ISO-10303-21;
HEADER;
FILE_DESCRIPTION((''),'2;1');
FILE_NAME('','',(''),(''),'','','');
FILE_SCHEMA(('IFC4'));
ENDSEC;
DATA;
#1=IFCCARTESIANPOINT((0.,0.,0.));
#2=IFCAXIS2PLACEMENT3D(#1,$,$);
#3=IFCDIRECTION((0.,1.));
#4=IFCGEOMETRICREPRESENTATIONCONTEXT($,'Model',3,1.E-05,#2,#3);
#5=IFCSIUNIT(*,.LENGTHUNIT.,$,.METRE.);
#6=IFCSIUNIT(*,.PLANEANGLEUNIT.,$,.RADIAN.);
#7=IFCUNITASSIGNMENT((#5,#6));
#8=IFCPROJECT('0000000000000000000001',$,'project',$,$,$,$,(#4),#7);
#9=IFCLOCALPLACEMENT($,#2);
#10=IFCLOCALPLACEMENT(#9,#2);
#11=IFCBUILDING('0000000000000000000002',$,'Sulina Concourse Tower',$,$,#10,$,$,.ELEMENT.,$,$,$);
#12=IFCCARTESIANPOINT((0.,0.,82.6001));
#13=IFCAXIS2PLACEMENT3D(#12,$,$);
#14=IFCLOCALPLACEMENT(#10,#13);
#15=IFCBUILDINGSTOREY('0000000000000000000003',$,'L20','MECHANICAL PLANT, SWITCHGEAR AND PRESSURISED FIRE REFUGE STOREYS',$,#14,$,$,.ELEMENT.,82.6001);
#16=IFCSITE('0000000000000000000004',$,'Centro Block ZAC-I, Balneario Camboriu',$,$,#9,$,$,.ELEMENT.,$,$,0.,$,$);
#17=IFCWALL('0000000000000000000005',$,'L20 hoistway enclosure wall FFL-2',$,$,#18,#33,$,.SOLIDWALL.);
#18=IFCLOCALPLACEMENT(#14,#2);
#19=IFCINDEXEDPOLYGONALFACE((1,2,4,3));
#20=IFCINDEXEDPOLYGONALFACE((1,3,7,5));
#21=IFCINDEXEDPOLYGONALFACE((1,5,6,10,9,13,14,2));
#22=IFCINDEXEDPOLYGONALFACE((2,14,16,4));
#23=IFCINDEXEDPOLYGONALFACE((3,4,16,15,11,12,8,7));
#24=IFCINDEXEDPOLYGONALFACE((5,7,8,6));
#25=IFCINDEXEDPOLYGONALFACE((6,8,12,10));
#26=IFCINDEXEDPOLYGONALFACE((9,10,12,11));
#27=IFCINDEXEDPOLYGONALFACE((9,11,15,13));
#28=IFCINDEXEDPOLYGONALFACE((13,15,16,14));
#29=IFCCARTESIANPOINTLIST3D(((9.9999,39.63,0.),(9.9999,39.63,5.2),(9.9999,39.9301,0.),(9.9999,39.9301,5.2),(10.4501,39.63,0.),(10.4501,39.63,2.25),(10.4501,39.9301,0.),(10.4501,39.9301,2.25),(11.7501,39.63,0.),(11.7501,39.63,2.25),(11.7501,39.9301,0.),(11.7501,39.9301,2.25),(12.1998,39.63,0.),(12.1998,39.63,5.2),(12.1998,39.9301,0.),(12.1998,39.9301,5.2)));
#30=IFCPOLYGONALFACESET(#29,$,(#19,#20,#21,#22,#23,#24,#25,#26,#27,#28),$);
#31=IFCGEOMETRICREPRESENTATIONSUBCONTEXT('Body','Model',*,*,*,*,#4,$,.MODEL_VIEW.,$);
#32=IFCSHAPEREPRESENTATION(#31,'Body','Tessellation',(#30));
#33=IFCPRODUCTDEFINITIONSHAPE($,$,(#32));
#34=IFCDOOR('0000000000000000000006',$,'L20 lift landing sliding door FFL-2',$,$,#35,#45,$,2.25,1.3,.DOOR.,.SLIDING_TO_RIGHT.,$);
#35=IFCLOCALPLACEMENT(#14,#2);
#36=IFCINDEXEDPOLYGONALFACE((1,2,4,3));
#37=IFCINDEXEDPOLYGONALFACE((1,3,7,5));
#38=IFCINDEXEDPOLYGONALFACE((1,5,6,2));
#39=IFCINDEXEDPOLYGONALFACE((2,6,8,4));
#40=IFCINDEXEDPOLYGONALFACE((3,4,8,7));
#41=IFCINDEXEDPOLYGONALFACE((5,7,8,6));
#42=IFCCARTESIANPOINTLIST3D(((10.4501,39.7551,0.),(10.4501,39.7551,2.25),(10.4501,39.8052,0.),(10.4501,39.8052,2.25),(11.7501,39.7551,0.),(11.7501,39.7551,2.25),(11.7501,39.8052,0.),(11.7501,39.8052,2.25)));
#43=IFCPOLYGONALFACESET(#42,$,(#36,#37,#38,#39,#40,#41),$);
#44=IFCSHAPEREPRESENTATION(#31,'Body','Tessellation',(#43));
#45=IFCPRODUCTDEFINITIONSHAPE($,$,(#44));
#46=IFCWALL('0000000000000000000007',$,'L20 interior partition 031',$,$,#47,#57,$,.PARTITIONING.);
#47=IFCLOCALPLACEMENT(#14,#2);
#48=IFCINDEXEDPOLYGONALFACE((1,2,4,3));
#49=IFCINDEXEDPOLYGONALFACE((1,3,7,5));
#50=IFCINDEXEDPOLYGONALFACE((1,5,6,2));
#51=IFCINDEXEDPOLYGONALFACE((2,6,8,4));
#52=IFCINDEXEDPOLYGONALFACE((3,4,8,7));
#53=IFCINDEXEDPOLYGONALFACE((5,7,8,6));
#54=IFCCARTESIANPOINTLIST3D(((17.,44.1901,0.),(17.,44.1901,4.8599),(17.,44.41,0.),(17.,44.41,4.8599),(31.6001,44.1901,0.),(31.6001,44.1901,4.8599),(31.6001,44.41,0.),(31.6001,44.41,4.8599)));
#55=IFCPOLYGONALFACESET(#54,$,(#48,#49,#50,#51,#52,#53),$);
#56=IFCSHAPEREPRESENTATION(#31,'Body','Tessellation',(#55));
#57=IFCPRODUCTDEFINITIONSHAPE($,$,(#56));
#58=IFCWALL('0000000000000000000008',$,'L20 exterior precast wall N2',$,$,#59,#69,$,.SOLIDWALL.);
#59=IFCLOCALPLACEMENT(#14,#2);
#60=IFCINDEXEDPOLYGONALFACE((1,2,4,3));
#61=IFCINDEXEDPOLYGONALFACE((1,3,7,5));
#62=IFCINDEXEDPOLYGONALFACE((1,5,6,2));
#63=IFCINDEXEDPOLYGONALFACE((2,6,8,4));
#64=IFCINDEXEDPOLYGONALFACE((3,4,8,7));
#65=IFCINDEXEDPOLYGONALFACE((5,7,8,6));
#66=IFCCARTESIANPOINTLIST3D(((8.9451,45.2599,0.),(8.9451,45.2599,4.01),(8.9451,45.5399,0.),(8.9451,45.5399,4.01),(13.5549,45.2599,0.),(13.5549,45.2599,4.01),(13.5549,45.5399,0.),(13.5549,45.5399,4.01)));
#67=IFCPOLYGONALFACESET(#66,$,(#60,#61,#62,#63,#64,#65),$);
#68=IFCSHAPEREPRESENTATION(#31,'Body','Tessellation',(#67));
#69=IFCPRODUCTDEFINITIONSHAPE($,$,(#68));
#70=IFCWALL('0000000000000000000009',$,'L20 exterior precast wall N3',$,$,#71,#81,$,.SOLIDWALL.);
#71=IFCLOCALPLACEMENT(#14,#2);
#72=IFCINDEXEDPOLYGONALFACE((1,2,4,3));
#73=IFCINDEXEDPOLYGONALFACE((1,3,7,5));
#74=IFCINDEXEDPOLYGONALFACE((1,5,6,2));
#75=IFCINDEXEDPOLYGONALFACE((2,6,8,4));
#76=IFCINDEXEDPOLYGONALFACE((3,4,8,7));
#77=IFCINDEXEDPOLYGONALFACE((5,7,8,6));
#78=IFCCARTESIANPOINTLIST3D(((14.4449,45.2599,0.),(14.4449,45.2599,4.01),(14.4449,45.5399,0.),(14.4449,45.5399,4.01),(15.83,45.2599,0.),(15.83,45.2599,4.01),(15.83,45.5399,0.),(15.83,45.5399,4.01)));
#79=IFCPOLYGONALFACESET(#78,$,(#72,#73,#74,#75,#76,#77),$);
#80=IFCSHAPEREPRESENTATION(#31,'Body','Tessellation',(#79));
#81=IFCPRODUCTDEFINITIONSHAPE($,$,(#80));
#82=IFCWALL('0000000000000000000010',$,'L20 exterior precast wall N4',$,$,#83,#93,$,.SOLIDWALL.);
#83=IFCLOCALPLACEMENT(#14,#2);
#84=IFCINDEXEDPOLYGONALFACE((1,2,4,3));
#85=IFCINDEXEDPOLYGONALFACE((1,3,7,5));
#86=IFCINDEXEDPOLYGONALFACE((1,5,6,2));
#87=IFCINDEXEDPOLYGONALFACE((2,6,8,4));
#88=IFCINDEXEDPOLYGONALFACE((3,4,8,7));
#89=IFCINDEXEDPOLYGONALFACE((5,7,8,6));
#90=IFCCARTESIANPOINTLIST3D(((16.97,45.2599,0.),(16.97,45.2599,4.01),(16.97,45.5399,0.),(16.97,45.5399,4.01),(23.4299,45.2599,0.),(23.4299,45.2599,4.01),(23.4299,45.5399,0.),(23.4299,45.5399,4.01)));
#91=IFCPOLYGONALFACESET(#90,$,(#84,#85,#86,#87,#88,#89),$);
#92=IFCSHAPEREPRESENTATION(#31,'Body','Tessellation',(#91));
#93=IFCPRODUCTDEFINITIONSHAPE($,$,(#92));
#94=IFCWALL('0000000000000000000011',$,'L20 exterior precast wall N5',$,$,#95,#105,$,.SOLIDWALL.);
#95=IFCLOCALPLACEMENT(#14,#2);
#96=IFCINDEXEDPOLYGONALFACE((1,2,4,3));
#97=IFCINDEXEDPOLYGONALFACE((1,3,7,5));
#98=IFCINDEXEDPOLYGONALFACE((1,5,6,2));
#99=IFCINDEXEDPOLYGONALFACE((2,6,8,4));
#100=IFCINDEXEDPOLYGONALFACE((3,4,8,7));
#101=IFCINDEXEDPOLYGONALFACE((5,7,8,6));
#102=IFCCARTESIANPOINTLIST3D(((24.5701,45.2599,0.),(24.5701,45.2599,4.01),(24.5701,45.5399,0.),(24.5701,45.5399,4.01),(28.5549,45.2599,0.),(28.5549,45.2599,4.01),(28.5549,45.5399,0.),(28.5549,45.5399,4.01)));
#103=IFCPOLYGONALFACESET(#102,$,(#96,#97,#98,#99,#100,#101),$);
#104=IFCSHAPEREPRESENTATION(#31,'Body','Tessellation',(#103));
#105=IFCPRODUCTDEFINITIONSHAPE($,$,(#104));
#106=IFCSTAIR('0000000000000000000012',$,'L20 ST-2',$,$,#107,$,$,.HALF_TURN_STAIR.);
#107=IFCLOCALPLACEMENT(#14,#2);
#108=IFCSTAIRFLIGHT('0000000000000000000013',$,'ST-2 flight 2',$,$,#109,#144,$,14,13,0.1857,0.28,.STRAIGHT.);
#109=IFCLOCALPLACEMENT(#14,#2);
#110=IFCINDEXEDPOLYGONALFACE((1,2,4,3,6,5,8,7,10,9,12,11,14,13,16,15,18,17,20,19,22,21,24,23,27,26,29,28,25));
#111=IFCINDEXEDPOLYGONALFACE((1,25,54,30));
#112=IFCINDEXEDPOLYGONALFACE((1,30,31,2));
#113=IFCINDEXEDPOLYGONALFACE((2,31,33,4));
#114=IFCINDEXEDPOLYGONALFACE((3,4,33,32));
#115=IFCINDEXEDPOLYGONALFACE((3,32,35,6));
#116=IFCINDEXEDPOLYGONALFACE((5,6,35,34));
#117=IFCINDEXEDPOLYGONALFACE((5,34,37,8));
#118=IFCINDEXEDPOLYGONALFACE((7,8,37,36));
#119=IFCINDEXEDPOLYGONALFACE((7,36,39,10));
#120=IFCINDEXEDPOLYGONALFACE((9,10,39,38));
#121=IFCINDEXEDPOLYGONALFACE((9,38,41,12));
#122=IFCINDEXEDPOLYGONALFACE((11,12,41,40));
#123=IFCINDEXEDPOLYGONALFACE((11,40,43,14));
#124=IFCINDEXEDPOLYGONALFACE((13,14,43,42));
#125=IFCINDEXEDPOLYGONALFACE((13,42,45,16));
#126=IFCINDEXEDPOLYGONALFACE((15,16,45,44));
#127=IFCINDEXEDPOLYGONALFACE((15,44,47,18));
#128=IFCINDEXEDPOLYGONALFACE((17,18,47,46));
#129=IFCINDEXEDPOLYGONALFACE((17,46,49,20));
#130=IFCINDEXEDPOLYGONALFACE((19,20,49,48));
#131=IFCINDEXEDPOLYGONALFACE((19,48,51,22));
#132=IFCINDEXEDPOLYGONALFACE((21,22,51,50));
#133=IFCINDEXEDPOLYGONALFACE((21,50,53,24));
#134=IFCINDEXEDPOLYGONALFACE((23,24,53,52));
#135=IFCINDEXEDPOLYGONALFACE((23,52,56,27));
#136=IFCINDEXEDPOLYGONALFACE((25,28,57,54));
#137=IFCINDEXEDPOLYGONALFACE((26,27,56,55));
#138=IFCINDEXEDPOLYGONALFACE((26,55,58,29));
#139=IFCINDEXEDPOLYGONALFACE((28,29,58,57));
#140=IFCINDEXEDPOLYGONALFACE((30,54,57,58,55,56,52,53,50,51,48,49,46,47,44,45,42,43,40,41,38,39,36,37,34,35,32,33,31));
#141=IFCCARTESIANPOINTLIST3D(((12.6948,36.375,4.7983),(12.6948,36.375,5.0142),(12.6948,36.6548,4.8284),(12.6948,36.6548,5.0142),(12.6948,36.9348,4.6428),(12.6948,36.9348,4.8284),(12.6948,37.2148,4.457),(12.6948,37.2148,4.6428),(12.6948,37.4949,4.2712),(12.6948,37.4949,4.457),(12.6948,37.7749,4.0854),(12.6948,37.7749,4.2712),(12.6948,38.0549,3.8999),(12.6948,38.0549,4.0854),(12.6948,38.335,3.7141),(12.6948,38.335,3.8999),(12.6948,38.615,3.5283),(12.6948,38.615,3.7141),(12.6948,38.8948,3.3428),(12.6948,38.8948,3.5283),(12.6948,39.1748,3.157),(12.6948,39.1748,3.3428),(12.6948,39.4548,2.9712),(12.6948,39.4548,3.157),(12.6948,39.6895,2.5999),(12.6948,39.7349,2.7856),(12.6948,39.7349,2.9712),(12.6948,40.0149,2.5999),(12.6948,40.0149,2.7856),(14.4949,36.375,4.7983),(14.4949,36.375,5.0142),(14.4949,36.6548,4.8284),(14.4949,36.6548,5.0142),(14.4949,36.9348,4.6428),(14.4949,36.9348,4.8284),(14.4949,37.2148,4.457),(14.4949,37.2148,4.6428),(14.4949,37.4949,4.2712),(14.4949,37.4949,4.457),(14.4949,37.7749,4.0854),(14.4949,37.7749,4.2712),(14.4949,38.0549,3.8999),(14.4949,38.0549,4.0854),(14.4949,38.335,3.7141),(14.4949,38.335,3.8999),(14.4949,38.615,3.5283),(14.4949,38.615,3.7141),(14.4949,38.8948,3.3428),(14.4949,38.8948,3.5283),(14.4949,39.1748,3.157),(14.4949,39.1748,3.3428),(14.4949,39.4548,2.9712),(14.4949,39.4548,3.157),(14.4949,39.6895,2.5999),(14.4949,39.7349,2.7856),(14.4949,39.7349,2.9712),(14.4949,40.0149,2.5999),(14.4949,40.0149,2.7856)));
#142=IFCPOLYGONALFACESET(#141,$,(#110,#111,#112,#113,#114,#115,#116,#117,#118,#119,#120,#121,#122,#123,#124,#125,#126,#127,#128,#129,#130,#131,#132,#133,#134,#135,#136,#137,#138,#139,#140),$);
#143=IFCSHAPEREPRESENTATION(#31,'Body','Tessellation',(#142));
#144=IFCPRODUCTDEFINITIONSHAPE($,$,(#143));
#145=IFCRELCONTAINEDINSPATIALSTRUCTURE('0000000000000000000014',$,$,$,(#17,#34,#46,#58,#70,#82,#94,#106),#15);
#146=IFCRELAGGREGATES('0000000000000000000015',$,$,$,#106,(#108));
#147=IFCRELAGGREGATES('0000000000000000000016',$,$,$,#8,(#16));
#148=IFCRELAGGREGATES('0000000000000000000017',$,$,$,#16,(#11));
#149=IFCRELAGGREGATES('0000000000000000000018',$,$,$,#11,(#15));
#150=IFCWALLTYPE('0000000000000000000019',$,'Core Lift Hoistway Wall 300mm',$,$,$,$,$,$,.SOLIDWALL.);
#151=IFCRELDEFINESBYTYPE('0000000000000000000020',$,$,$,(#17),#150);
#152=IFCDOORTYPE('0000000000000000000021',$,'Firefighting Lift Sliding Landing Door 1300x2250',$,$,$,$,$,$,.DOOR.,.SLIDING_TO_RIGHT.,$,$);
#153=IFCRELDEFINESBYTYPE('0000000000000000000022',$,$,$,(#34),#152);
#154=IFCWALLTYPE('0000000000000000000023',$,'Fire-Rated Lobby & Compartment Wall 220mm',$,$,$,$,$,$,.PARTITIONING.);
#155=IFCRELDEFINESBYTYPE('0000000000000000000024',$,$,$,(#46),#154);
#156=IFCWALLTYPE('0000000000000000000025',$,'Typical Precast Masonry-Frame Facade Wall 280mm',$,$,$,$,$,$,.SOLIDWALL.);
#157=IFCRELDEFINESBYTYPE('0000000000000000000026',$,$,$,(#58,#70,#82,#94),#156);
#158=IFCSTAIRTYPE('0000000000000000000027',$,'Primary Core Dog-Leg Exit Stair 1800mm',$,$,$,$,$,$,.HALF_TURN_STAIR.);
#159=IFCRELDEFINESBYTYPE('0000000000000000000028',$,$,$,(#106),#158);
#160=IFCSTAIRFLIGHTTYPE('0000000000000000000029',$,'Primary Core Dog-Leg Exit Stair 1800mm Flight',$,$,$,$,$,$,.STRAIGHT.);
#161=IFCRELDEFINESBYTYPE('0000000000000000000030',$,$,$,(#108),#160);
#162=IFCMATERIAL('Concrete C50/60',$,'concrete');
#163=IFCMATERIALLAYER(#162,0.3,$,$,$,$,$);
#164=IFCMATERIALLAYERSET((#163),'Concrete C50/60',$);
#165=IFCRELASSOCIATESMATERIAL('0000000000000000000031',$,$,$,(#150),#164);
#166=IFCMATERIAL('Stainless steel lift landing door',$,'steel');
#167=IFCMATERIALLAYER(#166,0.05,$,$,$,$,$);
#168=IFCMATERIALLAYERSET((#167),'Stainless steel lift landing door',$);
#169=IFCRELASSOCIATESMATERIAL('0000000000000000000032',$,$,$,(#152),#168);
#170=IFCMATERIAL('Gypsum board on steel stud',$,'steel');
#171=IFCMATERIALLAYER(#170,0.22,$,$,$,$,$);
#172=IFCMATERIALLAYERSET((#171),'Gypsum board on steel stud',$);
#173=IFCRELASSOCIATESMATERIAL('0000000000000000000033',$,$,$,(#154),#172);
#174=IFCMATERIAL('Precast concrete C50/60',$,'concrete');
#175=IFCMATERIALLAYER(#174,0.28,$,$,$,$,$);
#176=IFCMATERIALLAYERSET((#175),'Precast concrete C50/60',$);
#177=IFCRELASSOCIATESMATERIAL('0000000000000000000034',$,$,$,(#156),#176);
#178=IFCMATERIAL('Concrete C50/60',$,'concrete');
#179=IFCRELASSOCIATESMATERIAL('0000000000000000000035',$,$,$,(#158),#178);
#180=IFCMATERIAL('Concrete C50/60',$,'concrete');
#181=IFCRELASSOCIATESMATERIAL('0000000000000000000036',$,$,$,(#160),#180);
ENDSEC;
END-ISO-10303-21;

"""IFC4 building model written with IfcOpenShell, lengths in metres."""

from ifc_helpers import new_model, si_unit, direction, frame, frame_2d, origin, place, context, subcontext, project, spatial, polyline, rectangle, outline, extrude, material, layer, layer_set, type_object, element, fill, aggregate, save


model = new_model("IFC4")

# Units and contexts
model_context = context("Model", 3, precision=1e-05, world=origin(), true_north=direction((0.0, 1.0)))
body_context = subcontext(model_context, "Body", "Model", "MODEL_VIEW")
ifc_project = project(units=[si_unit("LENGTHUNIT", "METRE"), si_unit("PLANEANGLEUNIT", "RADIAN")], contexts=[model_context])

# Site, building, storey
site_placement = place(None, origin())
site = spatial("IfcSite", under=ifc_project, at=site_placement, Name="Centro Block ZAC-I, Balneario Camboriu", CompositionType="ELEMENT", RefElevation=0.0)
building_placement = place(site_placement, origin())
building = spatial("IfcBuilding", under=site, at=building_placement, Name="Sulina Concourse Tower", CompositionType="ELEMENT")
storey_placement = place(building_placement, frame((0.0, 0.0, 82.6001)))
storey = spatial("IfcBuildingStorey", under=building, at=storey_placement, Name="L20", Description="MECHANICAL PLANT, SWITCHGEAR AND PRESSURISED FIRE REFUGE STOREYS", CompositionType="ELEMENT", Elevation=82.6001)

# Wall, opening, door
ifc_material_1 = material(Name="Concrete C50/60", Category="concrete")
ifc_layer_1 = layer(ifc_material_1, 0.3)
ifc_layer_set_1 = layer_set([ifc_layer_1], Name="Concrete C50/60")
wall_type_1 = type_object("IfcWallType", Name="Core Lift Hoistway Wall 300mm", PredefinedType="SOLIDWALL", material=ifc_layer_set_1)
ifc_material_2 = material(Name="Stainless steel lift landing door", Category="steel")
ifc_layer_2 = layer(ifc_material_2, 0.05)
ifc_layer_set_2 = layer_set([ifc_layer_2], Name="Stainless steel lift landing door")
door_type = type_object("IfcDoorType", Name="Firefighting Lift Sliding Landing Door 1300x2250", OperationType="SLIDING_TO_RIGHT", PredefinedType="DOOR", material=ifc_layer_set_2)
wall_1_placement = place(storey_placement, frame((12.2, 39.78, 0.0), z_axis=(0.0, 0.0, 1.0), x_axis=(-1.0, 0.0, 0.0)))
wall_1 = element("IfcWall", 1, at=wall_1_placement, inside=storey, type_object=wall_type_1, Name="L20 hoistway enclosure wall FFL-2", PredefinedType="SOLIDWALL", context=body_context, shape_type="SweptSolid", body=[
    extrude(rectangle(XDim=2.2, YDim=0.3, at=frame_2d((1.1001, 0.0))), origin(), (0.0, 0.0, 1.0), 5.2),
])
opening_1_placement = place(wall_1_placement, frame((0.45, 0.0, 0.0)))
opening_1 = element("IfcOpeningElement", 2, at=opening_1_placement, cuts=wall_1, PredefinedType="OPENING", context=body_context, shape_type="SweptSolid", body=[
    extrude(rectangle(XDim=1.3, YDim=2.25, at=frame_2d((0.6499, 1.125))), frame((0.0, 0.1599, 0.0), z_axis=(0.0, -1.0, 0.0), x_axis=(1.0, 0.0, 0.0)), (0.0, 0.0, 1.0), 0.3201),
])
door_1_placement = place(opening_1_placement, origin())
door_1 = element("IfcDoor", 3, at=door_1_placement, inside=storey, type_object=door_type, Name="L20 lift landing sliding door FFL-2", OperationType="SLIDING_TO_RIGHT", OverallHeight=2.25, OverallWidth=1.3, PredefinedType="DOOR", context=body_context, shape_type="SweptSolid", body=[
    extrude(rectangle(XDim=1.3, YDim=2.25, at=frame_2d((0.6499, 1.125))), frame((0.0, 0.0249, 0.0), z_axis=(0.0, -1.0, 0.0), x_axis=(1.0, 0.0, 0.0)), (0.0, 0.0, 1.0), 0.05),
])
fill(opening_1, door_1)

# Walls
ifc_material_3 = material(Name="Gypsum board on steel stud", Category="steel")
ifc_layer_3 = layer(ifc_material_3, 0.22)
ifc_layer_set_3 = layer_set([ifc_layer_3], Name="Gypsum board on steel stud")
wall_type_2 = type_object("IfcWallType", Name="Fire-Rated Lobby & Compartment Wall 220mm", PredefinedType="PARTITIONING", material=ifc_layer_set_3)
wall_2_placement = place(storey_placement, frame((17.0, 44.3, 0.0), z_axis=(0.0, 0.0, 1.0), x_axis=(1.0, 0.0, 0.0)))
element("IfcWall", 4, at=wall_2_placement, inside=storey, type_object=wall_type_2, Name="L20 interior partition 031", PredefinedType="PARTITIONING", context=body_context, shape_type="SweptSolid", body=[
    extrude(rectangle(XDim=14.6001, YDim=0.22, at=frame_2d((7.3, 0.0))), origin(), (0.0, 0.0, 1.0), 4.8599),
])
ifc_material_4 = material(Name="Precast concrete C50/60", Category="concrete")
ifc_layer_4 = layer(ifc_material_4, 0.28)
ifc_layer_set_4 = layer_set([ifc_layer_4], Name="Precast concrete C50/60")
wall_type_3 = type_object("IfcWallType", Name="Typical Precast Masonry-Frame Facade Wall 280mm", PredefinedType="SOLIDWALL", material=ifc_layer_set_4)
wall_3_placement = place(storey_placement, frame((8.9451, 45.3999, 0.0), z_axis=(0.0, 0.0, 1.0), x_axis=(1.0, 0.0, 0.0)))
element("IfcWall", 5, at=wall_3_placement, inside=storey, type_object=wall_type_3, Name="L20 exterior precast wall N2", PredefinedType="SOLIDWALL", context=body_context, shape_type="SweptSolid", body=[
    extrude(rectangle(XDim=4.6099, YDim=0.28, at=frame_2d((2.3049, 0.0))), origin(), (0.0, 0.0, 1.0), 4.01),
])
wall_4_placement = place(storey_placement, frame((14.4451, 45.3999, 0.0), z_axis=(0.0, 0.0, 1.0), x_axis=(1.0, 0.0, 0.0)))
element("IfcWall", 6, at=wall_4_placement, inside=storey, type_object=wall_type_3, Name="L20 exterior precast wall N3", PredefinedType="SOLIDWALL", context=body_context, shape_type="SweptSolid", body=[
    extrude(rectangle(XDim=1.385, YDim=0.28, at=frame_2d((0.6924, 0.0))), origin(), (0.0, 0.0, 1.0), 4.01),
])
wall_5_placement = place(storey_placement, frame((16.97, 45.3999, 0.0), z_axis=(0.0, 0.0, 1.0), x_axis=(1.0, 0.0, 0.0)))
element("IfcWall", 7, at=wall_5_placement, inside=storey, type_object=wall_type_3, Name="L20 exterior precast wall N4", PredefinedType="SOLIDWALL", context=body_context, shape_type="SweptSolid", body=[
    extrude(rectangle(XDim=6.46, YDim=0.28, at=frame_2d((3.23, 0.0))), origin(), (0.0, 0.0, 1.0), 4.01),
])
wall_6_placement = place(storey_placement, frame((24.5701, 45.3999, 0.0), z_axis=(0.0, 0.0, 1.0), x_axis=(1.0, 0.0, 0.0)))
element("IfcWall", 8, at=wall_6_placement, inside=storey, type_object=wall_type_3, Name="L20 exterior precast wall N5", PredefinedType="SOLIDWALL", context=body_context, shape_type="SweptSolid", body=[
    extrude(rectangle(XDim=3.9849, YDim=0.28, at=frame_2d((1.9924, 0.0))), origin(), (0.0, 0.0, 1.0), 4.01),
])

# Stair, stair flight
ifc_material_5 = material(Name="Concrete C50/60", Category="concrete")
stair_type = type_object("IfcStairType", Name="Primary Core Dog-Leg Exit Stair 1800mm", PredefinedType="HALF_TURN_STAIR", material=ifc_material_5)
stair_placement = place(storey_placement, origin())
stair = element("IfcStair", 9, at=stair_placement, inside=storey, type_object=stair_type, Name="L20 ST-2", PredefinedType="HALF_TURN_STAIR")
ifc_material_6 = material(Name="Concrete C50/60", Category="concrete")
stair_flight_type = type_object("IfcStairFlightType", Name="Primary Core Dog-Leg Exit Stair 1800mm Flight", PredefinedType="STRAIGHT", material=ifc_material_6)
stair_flight_placement = place(storey_placement, frame((13.595, 40.0149, 2.5999), z_axis=(0.0, 0.0, 1.0), x_axis=(0.0, -1.0, 0.0)))
stair_flight = element("IfcStairFlight", 10, at=stair_flight_placement, type_object=stair_flight_type, Name="ST-2 flight 2", NumberOfRisers=14, NumberOfTreads=13, PredefinedType="STRAIGHT", RiserHeight=0.1857, TreadLength=0.28, context=body_context, shape_type="SweptSolid", body=[
    extrude(outline(polyline([(0.0, 0.0), (0.0, 0.1858), (0.28, 0.1858), (0.28, 0.3713), (0.5601, 0.3713), (0.5601, 0.5571), (0.8401, 0.5571), (0.8401, 0.7429), (1.1201, 0.7429), (1.1201, 0.9285), (1.3999, 0.9285), (1.3999, 1.1143), (1.6799, 1.1143), (1.6799, 1.3), (1.96, 1.3), (1.96, 1.4856), (2.24, 1.4856), (2.24, 1.6714), (2.52, 1.6714), (2.52, 1.8572), (2.8, 1.8572), (2.8, 2.043), (3.0801, 2.043), (3.0801, 2.2285), (3.3601, 2.2285), (3.3601, 2.4143), (3.6399, 2.4143), (3.6399, 2.6001), (3.6399, 2.1985), (0.3254, 0.0), (0.0, 0.0)])), frame((0.0, 0.8999, 0.0), z_axis=(0.0, -1.0, 0.0), x_axis=(1.0, 0.0, 0.0)), (0.0, 0.0, 1.0), 1.8),
])
aggregate(stair, [stair_flight])

save(model, "model.ifc")
